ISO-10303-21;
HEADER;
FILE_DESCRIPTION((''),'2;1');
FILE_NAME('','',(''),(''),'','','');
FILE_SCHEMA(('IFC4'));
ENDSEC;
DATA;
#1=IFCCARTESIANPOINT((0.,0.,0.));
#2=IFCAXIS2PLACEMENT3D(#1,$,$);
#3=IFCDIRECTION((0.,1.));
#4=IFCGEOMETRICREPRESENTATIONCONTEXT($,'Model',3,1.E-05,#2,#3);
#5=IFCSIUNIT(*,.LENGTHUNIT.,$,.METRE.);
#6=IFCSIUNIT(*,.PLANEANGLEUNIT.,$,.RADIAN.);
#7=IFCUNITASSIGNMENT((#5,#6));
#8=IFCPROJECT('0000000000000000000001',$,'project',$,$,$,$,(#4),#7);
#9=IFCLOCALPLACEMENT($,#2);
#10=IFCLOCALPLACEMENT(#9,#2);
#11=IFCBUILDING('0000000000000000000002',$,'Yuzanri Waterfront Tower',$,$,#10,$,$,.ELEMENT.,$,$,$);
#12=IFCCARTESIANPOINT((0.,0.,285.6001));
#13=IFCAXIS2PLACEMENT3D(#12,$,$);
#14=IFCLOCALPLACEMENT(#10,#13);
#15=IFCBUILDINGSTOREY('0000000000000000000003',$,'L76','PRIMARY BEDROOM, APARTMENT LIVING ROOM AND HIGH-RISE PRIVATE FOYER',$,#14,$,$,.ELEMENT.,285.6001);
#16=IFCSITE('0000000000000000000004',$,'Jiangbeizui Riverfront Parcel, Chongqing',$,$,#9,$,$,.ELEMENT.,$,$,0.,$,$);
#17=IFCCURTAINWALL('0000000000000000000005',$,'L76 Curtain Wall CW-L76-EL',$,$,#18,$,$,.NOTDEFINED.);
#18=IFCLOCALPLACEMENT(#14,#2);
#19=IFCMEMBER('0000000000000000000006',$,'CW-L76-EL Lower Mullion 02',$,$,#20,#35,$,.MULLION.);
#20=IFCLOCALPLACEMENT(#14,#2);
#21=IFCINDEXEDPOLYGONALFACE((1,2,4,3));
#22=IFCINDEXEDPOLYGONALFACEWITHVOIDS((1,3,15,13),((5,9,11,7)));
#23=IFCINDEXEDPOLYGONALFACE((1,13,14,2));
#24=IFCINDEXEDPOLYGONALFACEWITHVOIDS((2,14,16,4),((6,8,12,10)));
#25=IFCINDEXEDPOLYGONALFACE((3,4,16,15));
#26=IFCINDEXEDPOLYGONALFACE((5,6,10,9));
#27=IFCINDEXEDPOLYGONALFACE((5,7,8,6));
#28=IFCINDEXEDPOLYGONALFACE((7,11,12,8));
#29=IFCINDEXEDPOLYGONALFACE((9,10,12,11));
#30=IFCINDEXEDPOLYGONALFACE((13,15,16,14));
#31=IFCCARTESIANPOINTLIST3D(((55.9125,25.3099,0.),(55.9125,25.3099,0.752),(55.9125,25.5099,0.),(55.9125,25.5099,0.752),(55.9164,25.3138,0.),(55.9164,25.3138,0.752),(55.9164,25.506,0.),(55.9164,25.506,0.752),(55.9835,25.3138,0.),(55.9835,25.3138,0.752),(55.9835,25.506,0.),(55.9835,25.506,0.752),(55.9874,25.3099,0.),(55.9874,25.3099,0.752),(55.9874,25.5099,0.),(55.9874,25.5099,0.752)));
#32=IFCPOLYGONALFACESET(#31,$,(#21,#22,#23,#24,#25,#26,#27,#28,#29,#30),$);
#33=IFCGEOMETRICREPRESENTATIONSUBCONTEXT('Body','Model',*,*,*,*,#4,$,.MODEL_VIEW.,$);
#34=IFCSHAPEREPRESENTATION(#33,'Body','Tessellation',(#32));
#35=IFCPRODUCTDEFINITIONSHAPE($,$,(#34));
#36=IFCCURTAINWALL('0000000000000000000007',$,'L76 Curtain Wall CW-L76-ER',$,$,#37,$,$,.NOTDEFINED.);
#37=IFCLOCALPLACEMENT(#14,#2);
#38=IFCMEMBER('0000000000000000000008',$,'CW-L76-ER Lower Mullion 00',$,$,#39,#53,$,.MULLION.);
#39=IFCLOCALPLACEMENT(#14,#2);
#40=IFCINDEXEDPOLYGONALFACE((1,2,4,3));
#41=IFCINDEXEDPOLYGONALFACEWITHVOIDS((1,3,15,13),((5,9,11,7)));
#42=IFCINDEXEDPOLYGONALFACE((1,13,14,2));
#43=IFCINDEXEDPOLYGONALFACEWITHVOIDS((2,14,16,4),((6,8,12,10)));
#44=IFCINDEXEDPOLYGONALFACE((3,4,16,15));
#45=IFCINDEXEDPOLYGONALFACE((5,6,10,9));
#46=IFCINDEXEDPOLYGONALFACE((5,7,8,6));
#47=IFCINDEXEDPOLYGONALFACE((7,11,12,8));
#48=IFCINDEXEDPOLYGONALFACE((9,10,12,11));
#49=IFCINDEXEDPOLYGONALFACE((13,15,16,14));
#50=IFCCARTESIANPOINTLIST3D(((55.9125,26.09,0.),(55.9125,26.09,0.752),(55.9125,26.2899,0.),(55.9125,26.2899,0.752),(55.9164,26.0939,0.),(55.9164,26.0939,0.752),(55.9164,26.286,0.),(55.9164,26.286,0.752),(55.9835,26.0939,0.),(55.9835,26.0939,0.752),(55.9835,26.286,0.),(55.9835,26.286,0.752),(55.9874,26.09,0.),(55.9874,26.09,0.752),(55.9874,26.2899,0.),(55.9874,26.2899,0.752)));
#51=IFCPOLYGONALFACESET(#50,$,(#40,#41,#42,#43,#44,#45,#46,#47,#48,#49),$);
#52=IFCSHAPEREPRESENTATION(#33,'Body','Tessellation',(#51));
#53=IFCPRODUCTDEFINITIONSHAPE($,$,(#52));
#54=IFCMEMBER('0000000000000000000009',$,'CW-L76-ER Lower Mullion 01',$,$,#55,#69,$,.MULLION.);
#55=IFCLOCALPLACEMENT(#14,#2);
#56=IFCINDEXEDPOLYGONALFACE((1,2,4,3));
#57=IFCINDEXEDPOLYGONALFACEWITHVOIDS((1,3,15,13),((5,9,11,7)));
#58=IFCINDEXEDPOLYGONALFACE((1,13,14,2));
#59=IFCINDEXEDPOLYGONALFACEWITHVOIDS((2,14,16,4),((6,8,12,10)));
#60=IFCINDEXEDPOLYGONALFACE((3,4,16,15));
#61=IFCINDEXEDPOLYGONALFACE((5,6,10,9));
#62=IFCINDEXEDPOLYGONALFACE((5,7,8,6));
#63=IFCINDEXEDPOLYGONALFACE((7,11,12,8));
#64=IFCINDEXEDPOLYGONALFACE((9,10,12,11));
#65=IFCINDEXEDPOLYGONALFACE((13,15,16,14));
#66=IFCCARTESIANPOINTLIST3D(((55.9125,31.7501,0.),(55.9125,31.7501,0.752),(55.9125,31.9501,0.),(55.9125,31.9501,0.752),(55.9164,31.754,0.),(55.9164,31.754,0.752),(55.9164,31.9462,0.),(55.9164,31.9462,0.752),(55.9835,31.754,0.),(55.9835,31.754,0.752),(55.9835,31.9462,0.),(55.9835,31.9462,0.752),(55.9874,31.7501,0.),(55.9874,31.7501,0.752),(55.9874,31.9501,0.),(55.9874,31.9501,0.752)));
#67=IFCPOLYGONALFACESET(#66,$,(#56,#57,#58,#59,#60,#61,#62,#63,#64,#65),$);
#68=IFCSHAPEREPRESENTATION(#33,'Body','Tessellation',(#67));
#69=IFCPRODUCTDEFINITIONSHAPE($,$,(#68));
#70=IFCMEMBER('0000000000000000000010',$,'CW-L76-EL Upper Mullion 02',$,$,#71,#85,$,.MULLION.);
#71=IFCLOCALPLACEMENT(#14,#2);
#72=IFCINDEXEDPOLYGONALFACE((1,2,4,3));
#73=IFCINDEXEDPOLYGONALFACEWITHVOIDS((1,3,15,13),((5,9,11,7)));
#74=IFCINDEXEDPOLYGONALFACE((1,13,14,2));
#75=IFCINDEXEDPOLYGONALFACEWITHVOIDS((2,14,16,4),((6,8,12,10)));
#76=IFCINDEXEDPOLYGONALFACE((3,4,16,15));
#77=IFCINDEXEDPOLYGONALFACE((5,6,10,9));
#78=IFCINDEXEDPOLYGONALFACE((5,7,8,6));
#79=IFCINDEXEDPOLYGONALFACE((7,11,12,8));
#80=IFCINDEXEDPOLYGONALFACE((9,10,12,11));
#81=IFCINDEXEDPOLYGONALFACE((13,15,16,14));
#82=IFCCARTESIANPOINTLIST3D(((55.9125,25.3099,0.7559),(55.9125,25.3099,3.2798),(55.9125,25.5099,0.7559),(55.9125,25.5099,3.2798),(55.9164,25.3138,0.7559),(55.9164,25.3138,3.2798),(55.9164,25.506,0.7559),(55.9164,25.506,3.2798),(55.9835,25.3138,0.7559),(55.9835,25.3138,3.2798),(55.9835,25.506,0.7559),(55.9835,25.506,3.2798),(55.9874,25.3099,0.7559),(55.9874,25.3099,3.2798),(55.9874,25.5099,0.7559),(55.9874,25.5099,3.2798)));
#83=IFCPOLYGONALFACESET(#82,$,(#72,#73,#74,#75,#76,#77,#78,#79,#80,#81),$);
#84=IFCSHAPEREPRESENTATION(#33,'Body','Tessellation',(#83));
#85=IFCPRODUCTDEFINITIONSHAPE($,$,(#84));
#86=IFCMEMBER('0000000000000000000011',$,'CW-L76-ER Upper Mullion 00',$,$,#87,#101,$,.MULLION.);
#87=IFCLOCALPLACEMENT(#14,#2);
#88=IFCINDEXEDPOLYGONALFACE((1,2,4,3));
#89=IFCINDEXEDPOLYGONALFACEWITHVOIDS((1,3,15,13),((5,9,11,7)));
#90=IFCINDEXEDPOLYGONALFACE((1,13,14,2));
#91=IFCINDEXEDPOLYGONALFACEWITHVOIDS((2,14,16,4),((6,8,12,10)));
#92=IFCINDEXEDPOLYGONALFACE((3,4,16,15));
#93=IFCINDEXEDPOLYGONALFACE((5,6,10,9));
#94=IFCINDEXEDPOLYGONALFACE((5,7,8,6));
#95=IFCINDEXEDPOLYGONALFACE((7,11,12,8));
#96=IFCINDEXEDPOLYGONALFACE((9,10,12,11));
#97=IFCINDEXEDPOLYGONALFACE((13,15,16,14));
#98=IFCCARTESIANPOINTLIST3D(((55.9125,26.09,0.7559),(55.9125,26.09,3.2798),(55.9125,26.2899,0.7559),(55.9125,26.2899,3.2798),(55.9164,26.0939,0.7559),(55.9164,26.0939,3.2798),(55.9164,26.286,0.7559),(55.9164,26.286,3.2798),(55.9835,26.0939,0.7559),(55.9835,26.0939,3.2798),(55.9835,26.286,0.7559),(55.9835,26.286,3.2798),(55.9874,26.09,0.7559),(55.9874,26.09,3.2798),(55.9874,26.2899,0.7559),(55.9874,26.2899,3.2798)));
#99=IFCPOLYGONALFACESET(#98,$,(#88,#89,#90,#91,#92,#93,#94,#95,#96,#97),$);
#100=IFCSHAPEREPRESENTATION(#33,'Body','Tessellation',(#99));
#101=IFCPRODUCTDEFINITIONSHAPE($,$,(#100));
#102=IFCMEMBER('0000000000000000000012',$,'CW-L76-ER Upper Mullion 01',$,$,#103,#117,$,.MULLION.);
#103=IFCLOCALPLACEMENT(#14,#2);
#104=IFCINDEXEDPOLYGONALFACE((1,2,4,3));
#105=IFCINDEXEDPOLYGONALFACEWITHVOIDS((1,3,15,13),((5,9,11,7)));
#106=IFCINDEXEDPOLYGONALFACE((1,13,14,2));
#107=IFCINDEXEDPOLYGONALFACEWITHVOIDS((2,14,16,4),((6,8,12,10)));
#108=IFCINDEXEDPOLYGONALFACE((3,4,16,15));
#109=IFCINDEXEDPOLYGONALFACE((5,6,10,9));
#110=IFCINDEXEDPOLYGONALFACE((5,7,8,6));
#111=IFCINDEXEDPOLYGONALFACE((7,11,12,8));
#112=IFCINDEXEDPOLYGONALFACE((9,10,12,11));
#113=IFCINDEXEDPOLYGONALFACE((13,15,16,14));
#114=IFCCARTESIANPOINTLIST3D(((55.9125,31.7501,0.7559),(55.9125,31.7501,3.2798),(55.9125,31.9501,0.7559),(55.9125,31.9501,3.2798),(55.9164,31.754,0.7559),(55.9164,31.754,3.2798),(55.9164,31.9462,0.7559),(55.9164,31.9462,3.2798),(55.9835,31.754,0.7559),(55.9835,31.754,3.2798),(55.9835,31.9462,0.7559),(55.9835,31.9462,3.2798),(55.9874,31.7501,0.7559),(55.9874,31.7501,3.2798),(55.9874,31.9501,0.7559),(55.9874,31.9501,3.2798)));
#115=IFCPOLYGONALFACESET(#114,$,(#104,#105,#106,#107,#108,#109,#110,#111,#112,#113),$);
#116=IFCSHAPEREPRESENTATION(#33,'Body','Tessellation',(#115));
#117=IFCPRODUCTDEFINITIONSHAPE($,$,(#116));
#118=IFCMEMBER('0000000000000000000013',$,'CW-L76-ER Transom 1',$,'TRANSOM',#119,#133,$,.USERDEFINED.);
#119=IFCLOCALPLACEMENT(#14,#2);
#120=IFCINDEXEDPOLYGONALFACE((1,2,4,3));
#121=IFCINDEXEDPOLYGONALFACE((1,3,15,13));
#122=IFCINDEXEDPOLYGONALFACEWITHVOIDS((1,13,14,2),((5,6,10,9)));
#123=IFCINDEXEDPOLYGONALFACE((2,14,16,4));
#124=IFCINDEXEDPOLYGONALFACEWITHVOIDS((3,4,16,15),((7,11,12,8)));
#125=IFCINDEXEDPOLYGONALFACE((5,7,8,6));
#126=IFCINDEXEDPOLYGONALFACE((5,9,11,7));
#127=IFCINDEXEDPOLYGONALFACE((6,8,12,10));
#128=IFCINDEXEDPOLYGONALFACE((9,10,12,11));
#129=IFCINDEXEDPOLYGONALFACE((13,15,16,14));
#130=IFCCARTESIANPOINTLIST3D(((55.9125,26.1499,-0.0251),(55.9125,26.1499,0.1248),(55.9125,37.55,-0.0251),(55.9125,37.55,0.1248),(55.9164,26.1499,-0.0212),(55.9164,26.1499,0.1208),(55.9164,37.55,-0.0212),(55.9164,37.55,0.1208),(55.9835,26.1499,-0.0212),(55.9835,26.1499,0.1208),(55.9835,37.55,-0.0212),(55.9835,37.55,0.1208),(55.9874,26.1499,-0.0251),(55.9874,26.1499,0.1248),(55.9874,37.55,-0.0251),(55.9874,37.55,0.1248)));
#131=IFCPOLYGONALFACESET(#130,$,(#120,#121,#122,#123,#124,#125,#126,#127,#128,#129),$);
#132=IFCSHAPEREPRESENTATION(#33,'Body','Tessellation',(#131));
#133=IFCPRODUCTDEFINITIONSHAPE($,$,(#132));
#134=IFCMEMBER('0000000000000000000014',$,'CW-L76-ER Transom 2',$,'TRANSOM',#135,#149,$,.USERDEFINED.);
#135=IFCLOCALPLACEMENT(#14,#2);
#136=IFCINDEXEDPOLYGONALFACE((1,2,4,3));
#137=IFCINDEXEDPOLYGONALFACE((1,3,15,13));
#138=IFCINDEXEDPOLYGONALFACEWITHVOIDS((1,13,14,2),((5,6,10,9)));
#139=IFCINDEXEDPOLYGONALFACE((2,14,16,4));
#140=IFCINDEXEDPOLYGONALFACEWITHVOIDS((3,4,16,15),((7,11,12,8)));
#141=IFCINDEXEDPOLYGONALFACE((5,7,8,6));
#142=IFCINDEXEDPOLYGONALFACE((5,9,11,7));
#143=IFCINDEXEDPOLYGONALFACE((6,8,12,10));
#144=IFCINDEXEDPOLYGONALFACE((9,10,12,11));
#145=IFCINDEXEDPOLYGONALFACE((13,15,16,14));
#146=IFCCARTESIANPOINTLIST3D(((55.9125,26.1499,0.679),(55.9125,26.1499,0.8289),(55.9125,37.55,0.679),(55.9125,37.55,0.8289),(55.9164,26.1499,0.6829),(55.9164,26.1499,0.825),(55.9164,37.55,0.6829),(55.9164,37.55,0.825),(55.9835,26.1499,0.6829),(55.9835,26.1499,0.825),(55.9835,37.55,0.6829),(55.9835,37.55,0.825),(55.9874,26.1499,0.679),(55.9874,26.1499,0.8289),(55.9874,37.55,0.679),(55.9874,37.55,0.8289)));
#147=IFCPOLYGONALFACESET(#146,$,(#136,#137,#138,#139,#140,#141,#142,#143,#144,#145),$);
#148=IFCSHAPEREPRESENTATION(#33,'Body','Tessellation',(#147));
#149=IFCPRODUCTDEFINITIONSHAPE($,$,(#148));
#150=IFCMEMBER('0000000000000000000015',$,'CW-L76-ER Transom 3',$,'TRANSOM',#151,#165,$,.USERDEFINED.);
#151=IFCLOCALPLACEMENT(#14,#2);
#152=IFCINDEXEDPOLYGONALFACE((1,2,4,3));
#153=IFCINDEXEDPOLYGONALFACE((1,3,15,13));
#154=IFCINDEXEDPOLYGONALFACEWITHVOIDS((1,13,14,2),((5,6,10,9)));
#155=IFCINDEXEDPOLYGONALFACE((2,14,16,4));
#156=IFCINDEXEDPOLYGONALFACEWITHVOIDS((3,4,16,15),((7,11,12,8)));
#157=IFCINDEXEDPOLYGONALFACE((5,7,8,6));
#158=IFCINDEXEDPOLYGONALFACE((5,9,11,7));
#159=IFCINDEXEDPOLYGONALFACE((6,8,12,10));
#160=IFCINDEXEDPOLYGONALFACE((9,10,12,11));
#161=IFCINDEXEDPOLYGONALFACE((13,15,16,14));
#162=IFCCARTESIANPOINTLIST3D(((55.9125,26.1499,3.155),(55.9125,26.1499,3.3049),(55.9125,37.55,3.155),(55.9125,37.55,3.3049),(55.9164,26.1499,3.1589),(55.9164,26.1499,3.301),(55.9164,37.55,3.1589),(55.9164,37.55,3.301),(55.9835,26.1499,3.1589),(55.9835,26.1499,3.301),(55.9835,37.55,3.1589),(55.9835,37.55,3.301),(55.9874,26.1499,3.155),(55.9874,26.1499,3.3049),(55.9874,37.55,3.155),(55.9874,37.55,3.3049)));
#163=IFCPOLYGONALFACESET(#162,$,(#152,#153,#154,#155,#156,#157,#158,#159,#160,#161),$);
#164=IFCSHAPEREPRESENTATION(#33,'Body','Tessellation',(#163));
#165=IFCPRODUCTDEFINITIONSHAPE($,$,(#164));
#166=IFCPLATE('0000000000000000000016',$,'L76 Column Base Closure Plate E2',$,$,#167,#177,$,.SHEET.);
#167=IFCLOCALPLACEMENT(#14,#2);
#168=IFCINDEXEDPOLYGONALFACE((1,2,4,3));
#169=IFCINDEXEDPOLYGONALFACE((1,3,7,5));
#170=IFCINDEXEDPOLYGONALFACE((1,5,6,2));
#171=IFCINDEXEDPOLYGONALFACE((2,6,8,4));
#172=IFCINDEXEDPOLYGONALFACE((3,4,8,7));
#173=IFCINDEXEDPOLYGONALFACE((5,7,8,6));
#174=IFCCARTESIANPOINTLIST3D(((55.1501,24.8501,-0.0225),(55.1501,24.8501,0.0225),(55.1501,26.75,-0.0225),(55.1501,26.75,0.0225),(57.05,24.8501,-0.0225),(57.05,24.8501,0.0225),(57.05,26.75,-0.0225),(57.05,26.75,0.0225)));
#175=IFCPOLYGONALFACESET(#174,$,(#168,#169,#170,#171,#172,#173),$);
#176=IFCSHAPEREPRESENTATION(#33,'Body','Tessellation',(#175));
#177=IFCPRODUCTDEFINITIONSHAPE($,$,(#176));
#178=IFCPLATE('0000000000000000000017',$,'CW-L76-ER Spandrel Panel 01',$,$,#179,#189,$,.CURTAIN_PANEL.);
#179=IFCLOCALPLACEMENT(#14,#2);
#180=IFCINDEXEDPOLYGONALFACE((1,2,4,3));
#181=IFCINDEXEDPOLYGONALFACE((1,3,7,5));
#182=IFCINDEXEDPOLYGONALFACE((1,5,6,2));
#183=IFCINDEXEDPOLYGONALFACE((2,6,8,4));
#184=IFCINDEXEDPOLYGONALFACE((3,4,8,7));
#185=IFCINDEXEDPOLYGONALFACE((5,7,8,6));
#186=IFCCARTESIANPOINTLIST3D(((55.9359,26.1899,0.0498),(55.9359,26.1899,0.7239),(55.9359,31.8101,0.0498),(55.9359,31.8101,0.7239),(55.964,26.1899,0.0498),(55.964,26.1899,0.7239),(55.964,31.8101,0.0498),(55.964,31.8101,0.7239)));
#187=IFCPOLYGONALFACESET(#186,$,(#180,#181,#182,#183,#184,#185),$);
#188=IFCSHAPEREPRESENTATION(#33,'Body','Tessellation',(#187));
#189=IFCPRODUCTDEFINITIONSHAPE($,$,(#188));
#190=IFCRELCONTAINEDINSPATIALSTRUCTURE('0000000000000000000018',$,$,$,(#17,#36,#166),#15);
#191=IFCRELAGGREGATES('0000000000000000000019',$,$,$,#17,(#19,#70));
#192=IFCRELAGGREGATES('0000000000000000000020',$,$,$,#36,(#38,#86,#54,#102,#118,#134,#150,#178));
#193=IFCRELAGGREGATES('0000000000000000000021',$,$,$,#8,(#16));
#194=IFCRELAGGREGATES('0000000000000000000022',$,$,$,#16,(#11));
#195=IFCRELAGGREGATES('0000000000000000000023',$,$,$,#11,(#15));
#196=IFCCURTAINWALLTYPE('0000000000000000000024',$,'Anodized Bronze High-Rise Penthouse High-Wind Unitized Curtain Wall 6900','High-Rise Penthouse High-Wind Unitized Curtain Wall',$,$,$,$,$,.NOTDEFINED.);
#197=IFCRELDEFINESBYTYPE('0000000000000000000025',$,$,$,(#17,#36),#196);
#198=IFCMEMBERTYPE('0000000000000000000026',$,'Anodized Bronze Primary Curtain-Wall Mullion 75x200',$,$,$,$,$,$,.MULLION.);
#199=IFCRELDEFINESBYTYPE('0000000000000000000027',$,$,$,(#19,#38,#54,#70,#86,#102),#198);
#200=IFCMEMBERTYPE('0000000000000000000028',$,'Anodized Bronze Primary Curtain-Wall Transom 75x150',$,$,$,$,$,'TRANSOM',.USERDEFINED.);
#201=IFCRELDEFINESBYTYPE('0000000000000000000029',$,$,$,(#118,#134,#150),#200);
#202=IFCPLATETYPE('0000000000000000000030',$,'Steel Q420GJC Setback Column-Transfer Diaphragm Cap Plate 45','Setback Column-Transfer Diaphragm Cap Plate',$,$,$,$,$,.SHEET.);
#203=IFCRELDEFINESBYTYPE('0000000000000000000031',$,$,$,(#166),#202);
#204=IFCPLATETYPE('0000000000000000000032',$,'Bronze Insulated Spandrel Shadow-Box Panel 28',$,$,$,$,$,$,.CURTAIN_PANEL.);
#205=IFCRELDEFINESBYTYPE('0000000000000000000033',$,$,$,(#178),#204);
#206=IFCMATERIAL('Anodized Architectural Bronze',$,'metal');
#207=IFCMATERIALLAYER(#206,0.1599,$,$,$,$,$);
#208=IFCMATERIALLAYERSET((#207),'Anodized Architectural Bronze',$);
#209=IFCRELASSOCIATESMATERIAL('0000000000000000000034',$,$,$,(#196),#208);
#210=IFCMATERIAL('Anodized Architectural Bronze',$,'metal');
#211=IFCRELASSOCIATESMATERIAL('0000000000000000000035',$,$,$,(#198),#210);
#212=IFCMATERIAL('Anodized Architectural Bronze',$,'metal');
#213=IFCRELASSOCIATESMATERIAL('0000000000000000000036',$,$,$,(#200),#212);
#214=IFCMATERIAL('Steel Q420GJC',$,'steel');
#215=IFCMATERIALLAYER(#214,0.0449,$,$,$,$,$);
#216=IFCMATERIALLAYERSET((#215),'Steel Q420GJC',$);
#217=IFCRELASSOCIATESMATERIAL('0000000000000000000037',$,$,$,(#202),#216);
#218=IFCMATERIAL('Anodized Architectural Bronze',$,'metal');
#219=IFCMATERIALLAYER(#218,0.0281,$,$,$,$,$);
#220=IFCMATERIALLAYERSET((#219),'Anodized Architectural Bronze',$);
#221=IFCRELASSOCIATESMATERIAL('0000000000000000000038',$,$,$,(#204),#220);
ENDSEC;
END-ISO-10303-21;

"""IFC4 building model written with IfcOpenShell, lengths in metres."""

from ifc_helpers import new_model, si_unit, direction, frame, origin, origin_2d, place, context, subcontext, project, spatial, rectangle, hollow_rectangle, extrude, source, transform, mapped, material, layer, layer_set, material_profile, profile_set, type_object, element, aggregate, save


model = new_model("IFC4")

# Units and contexts
model_context = context("Model", 3, precision=1e-05, world=origin(), true_north=direction((0.0, 1.0)))
body_context = subcontext(model_context, "Body", "Model", "MODEL_VIEW")
ifc_project = project(units=[si_unit("LENGTHUNIT", "METRE"), si_unit("PLANEANGLEUNIT", "RADIAN")], contexts=[model_context])

# Site, building, storey
site_placement = place(None, origin())
site = spatial("IfcSite", under=ifc_project, at=site_placement, Name="Jiangbeizui Riverfront Parcel, Chongqing", CompositionType="ELEMENT", RefElevation=0.0)
building_placement = place(site_placement, origin())
building = spatial("IfcBuilding", under=site, at=building_placement, Name="Yuzanri Waterfront Tower", CompositionType="ELEMENT")
storey_placement = place(building_placement, frame((0.0, 0.0, 285.6001)))
storey = spatial("IfcBuildingStorey", under=building, at=storey_placement, Name="L76", Description="PRIMARY BEDROOM, APARTMENT LIVING ROOM AND HIGH-RISE PRIVATE FOYER", CompositionType="ELEMENT", Elevation=285.6001)

# Curtain wall, member
ifc_material_1 = material(Name="Anodized Architectural Bronze", Category="metal")
ifc_layer_1 = layer(ifc_material_1, 0.1599)
ifc_layer_set_1 = layer_set([ifc_layer_1], Name="Anodized Architectural Bronze")
curtain_wall_type = type_object("IfcCurtainWallType", Name="Anodized Bronze High-Rise Penthouse High-Wind Unitized Curtain Wall 6900", Description="High-Rise Penthouse High-Wind Unitized Curtain Wall", PredefinedType="NOTDEFINED", material=ifc_layer_set_1)
curtain_wall_1_placement = place(storey_placement, origin())
curtain_wall_1 = element("IfcCurtainWall", 1, at=curtain_wall_1_placement, inside=storey, type_object=curtain_wall_type, Name="L76 Curtain Wall CW-L76-EL", PredefinedType="NOTDEFINED")
ifc_material_2 = material(Name="Anodized Architectural Bronze", Category="metal")
ifc_material_profile_1 = material_profile(ifc_material_2, hollow_rectangle(XDim=0.075, YDim=0.2, WallThickness=0.0039, at=origin_2d()), Name="CWM 75x200")
ifc_profile_set_1 = profile_set([ifc_material_profile_1], Name="Anodized Architectural Bronze")
member_type_1 = type_object("IfcMemberType", Name="Anodized Bronze Primary Curtain-Wall Mullion 75x200", PredefinedType="MULLION", material=ifc_profile_set_1)
shared_shape_1 = source(origin(), body_context, "Body", "SweptSolid", [
    extrude(hollow_rectangle(XDim=0.075, YDim=0.2, WallThickness=0.0039, at=origin_2d()), origin(), (0.0, 0.0, 1.0), 0.752),
])
member_1_placement = place(storey_placement, frame((55.95, 25.4099, 0.0), z_axis=(0.0, 0.0, 1.0), x_axis=(1.0, 0.0, 0.0)))
member_1 = element("IfcMember", 2, at=member_1_placement, type_object=member_type_1, Name="CW-L76-EL Lower Mullion 02", PredefinedType="MULLION", context=body_context, shape_type="MappedRepresentation", body=[
    mapped(shared_shape_1, transform((0.0, 0.0, 0.0), scale=1.0)),
])

# Curtain wall, members
curtain_wall_2_placement = place(storey_placement, origin())
curtain_wall_2 = element("IfcCurtainWall", 3, at=curtain_wall_2_placement, inside=storey, type_object=curtain_wall_type, Name="L76 Curtain Wall CW-L76-ER", PredefinedType="NOTDEFINED")
member_2_placement = place(storey_placement, frame((55.95, 26.1899, 0.0), z_axis=(0.0, 0.0, 1.0), x_axis=(1.0, 0.0, 0.0)))
member_2 = element("IfcMember", 4, at=member_2_placement, type_object=member_type_1, Name="CW-L76-ER Lower Mullion 00", PredefinedType="MULLION", context=body_context, shape_type="MappedRepresentation", body=[
    mapped(shared_shape_1, transform((0.0, 0.0, 0.0), scale=1.0)),
])
member_3_placement = place(storey_placement, frame((55.95, 31.8501, 0.0), z_axis=(0.0, 0.0, 1.0), x_axis=(1.0, 0.0, 0.0)))
member_3 = element("IfcMember", 5, at=member_3_placement, type_object=member_type_1, Name="CW-L76-ER Lower Mullion 01", PredefinedType="MULLION", context=body_context, shape_type="MappedRepresentation", body=[
    mapped(shared_shape_1, transform((0.0, 0.0, 0.0), scale=1.0)),
])

# Members
shared_shape_2 = source(origin(), body_context, "Body", "SweptSolid", [
    extrude(hollow_rectangle(XDim=0.075, YDim=0.2, WallThickness=0.0039, at=origin_2d()), origin(), (0.0, 0.0, 1.0), 2.5239),
])
member_4_placement = place(storey_placement, frame((55.95, 25.4099, 0.7559), z_axis=(0.0, 0.0, 1.0), x_axis=(1.0, 0.0, 0.0)))
member_4 = element("IfcMember", 6, at=member_4_placement, type_object=member_type_1, Name="CW-L76-EL Upper Mullion 02", PredefinedType="MULLION", context=body_context, shape_type="MappedRepresentation", body=[
    mapped(shared_shape_2, transform((0.0, 0.0, 0.0), scale=1.0)),
])
aggregate(curtain_wall_1, [member_1, member_4])
member_5_placement = place(storey_placement, frame((55.95, 26.1899, 0.7559), z_axis=(0.0, 0.0, 1.0), x_axis=(1.0, 0.0, 0.0)))
member_5 = element("IfcMember", 7, at=member_5_placement, type_object=member_type_1, Name="CW-L76-ER Upper Mullion 00", PredefinedType="MULLION", context=body_context, shape_type="MappedRepresentation", body=[
    mapped(shared_shape_2, transform((0.0, 0.0, 0.0), scale=1.0)),
])
member_6_placement = place(storey_placement, frame((55.95, 31.8501, 0.7559), z_axis=(0.0, 0.0, 1.0), x_axis=(1.0, 0.0, 0.0)))
member_6 = element("IfcMember", 8, at=member_6_placement, type_object=member_type_1, Name="CW-L76-ER Upper Mullion 01", PredefinedType="MULLION", context=body_context, shape_type="MappedRepresentation", body=[
    mapped(shared_shape_2, transform((0.0, 0.0, 0.0), scale=1.0)),
])
ifc_material_3 = material(Name="Anodized Architectural Bronze", Category="metal")
ifc_material_profile_2 = material_profile(ifc_material_3, hollow_rectangle(XDim=0.075, YDim=0.1499, WallThickness=0.0039, at=origin_2d()), Name="CWT 75x150")
ifc_profile_set_2 = profile_set([ifc_material_profile_2], Name="Anodized Architectural Bronze")
member_type_2 = type_object("IfcMemberType", Name="Anodized Bronze Primary Curtain-Wall Transom 75x150", ElementType="TRANSOM", PredefinedType="USERDEFINED", material=ifc_profile_set_2)
shared_shape_3 = source(origin(), body_context, "Body", "SweptSolid", [
    extrude(hollow_rectangle(XDim=0.075, YDim=0.1499, WallThickness=0.0039, at=origin_2d()), origin(), (0.0, 0.0, 1.0), 11.4001),
])
member_7_placement = place(storey_placement, frame((55.95, 26.1499, 0.0498), z_axis=(0.0, 1.0, 0.0), x_axis=(-1.0, 0.0, 0.0)))
member_7 = element("IfcMember", 9, at=member_7_placement, type_object=member_type_2, Name="CW-L76-ER Transom 1", ObjectType="TRANSOM", PredefinedType="USERDEFINED", context=body_context, shape_type="MappedRepresentation", body=[
    mapped(shared_shape_3, transform((0.0, 0.0, 0.0), scale=1.0)),
])
member_8_placement = place(storey_placement, frame((55.95, 26.1499, 0.7539), z_axis=(0.0, 1.0, 0.0), x_axis=(-1.0, 0.0, 0.0)))
member_8 = element("IfcMember", 10, at=member_8_placement, type_object=member_type_2, Name="CW-L76-ER Transom 2", ObjectType="TRANSOM", PredefinedType="USERDEFINED", context=body_context, shape_type="MappedRepresentation", body=[
    mapped(shared_shape_3, transform((0.0, 0.0, 0.0), scale=1.0)),
])
member_9_placement = place(storey_placement, frame((55.95, 26.1499, 3.23), z_axis=(0.0, 1.0, 0.0), x_axis=(-1.0, 0.0, 0.0)))
member_9 = element("IfcMember", 11, at=member_9_placement, type_object=member_type_2, Name="CW-L76-ER Transom 3", ObjectType="TRANSOM", PredefinedType="USERDEFINED", context=body_context, shape_type="MappedRepresentation", body=[
    mapped(shared_shape_3, transform((0.0, 0.0, 0.0), scale=1.0)),
])

# Plates
ifc_material_4 = material(Name="Steel Q420GJC", Category="steel")
ifc_layer_2 = layer(ifc_material_4, 0.0449)
ifc_layer_set_2 = layer_set([ifc_layer_2], Name="Steel Q420GJC")
plate_type_1 = type_object("IfcPlateType", Name="Steel Q420GJC Setback Column-Transfer Diaphragm Cap Plate 45", Description="Setback Column-Transfer Diaphragm Cap Plate", PredefinedType="SHEET", material=ifc_layer_set_2)
shared_shape_4 = source(origin(), body_context, "Body", "SweptSolid", [
    extrude(rectangle(XDim=1.8999, YDim=1.8999, at=origin_2d()), origin(), (0.0, 0.0, 1.0), 0.0449),
])
plate_1_placement = place(storey_placement, frame((56.1001, 25.8, -0.0225), z_axis=(0.0, 0.0, 1.0), x_axis=(1.0, 0.0, 0.0)))
element("IfcPlate", 12, at=plate_1_placement, inside=storey, type_object=plate_type_1, Name="L76 Column Base Closure Plate E2", PredefinedType="SHEET", context=body_context, shape_type="MappedRepresentation", body=[
    mapped(shared_shape_4, transform((0.0, 0.0, 0.0), scale=1.0)),
])
ifc_material_5 = material(Name="Anodized Architectural Bronze", Category="metal")
ifc_layer_3 = layer(ifc_material_5, 0.0281)
ifc_layer_set_3 = layer_set([ifc_layer_3], Name="Anodized Architectural Bronze")
plate_type_2 = type_object("IfcPlateType", Name="Bronze Insulated Spandrel Shadow-Box Panel 28", PredefinedType="CURTAIN_PANEL", material=ifc_layer_set_3)
shared_shape_5 = source(origin(), body_context, "Body", "SweptSolid", [
    extrude(rectangle(XDim=5.6201, YDim=0.0281, at=origin_2d()), origin(), (0.0, 0.0, 1.0), 0.6741),
])
plate_2_placement = place(storey_placement, frame((55.95, 29.0, 0.0498), z_axis=(0.0, 0.0, 1.0), x_axis=(0.0, 1.0, 0.0)))
plate_2 = element("IfcPlate", 13, at=plate_2_placement, type_object=plate_type_2, Name="CW-L76-ER Spandrel Panel 01", PredefinedType="CURTAIN_PANEL", context=body_context, shape_type="MappedRepresentation", body=[
    mapped(shared_shape_5, transform((0.0, 0.0, 0.0), scale=1.0)),
])
aggregate(curtain_wall_2, [member_2, member_5, member_3, member_6, member_7, member_8, member_9, plate_2])

save(model, "model.ifc")
